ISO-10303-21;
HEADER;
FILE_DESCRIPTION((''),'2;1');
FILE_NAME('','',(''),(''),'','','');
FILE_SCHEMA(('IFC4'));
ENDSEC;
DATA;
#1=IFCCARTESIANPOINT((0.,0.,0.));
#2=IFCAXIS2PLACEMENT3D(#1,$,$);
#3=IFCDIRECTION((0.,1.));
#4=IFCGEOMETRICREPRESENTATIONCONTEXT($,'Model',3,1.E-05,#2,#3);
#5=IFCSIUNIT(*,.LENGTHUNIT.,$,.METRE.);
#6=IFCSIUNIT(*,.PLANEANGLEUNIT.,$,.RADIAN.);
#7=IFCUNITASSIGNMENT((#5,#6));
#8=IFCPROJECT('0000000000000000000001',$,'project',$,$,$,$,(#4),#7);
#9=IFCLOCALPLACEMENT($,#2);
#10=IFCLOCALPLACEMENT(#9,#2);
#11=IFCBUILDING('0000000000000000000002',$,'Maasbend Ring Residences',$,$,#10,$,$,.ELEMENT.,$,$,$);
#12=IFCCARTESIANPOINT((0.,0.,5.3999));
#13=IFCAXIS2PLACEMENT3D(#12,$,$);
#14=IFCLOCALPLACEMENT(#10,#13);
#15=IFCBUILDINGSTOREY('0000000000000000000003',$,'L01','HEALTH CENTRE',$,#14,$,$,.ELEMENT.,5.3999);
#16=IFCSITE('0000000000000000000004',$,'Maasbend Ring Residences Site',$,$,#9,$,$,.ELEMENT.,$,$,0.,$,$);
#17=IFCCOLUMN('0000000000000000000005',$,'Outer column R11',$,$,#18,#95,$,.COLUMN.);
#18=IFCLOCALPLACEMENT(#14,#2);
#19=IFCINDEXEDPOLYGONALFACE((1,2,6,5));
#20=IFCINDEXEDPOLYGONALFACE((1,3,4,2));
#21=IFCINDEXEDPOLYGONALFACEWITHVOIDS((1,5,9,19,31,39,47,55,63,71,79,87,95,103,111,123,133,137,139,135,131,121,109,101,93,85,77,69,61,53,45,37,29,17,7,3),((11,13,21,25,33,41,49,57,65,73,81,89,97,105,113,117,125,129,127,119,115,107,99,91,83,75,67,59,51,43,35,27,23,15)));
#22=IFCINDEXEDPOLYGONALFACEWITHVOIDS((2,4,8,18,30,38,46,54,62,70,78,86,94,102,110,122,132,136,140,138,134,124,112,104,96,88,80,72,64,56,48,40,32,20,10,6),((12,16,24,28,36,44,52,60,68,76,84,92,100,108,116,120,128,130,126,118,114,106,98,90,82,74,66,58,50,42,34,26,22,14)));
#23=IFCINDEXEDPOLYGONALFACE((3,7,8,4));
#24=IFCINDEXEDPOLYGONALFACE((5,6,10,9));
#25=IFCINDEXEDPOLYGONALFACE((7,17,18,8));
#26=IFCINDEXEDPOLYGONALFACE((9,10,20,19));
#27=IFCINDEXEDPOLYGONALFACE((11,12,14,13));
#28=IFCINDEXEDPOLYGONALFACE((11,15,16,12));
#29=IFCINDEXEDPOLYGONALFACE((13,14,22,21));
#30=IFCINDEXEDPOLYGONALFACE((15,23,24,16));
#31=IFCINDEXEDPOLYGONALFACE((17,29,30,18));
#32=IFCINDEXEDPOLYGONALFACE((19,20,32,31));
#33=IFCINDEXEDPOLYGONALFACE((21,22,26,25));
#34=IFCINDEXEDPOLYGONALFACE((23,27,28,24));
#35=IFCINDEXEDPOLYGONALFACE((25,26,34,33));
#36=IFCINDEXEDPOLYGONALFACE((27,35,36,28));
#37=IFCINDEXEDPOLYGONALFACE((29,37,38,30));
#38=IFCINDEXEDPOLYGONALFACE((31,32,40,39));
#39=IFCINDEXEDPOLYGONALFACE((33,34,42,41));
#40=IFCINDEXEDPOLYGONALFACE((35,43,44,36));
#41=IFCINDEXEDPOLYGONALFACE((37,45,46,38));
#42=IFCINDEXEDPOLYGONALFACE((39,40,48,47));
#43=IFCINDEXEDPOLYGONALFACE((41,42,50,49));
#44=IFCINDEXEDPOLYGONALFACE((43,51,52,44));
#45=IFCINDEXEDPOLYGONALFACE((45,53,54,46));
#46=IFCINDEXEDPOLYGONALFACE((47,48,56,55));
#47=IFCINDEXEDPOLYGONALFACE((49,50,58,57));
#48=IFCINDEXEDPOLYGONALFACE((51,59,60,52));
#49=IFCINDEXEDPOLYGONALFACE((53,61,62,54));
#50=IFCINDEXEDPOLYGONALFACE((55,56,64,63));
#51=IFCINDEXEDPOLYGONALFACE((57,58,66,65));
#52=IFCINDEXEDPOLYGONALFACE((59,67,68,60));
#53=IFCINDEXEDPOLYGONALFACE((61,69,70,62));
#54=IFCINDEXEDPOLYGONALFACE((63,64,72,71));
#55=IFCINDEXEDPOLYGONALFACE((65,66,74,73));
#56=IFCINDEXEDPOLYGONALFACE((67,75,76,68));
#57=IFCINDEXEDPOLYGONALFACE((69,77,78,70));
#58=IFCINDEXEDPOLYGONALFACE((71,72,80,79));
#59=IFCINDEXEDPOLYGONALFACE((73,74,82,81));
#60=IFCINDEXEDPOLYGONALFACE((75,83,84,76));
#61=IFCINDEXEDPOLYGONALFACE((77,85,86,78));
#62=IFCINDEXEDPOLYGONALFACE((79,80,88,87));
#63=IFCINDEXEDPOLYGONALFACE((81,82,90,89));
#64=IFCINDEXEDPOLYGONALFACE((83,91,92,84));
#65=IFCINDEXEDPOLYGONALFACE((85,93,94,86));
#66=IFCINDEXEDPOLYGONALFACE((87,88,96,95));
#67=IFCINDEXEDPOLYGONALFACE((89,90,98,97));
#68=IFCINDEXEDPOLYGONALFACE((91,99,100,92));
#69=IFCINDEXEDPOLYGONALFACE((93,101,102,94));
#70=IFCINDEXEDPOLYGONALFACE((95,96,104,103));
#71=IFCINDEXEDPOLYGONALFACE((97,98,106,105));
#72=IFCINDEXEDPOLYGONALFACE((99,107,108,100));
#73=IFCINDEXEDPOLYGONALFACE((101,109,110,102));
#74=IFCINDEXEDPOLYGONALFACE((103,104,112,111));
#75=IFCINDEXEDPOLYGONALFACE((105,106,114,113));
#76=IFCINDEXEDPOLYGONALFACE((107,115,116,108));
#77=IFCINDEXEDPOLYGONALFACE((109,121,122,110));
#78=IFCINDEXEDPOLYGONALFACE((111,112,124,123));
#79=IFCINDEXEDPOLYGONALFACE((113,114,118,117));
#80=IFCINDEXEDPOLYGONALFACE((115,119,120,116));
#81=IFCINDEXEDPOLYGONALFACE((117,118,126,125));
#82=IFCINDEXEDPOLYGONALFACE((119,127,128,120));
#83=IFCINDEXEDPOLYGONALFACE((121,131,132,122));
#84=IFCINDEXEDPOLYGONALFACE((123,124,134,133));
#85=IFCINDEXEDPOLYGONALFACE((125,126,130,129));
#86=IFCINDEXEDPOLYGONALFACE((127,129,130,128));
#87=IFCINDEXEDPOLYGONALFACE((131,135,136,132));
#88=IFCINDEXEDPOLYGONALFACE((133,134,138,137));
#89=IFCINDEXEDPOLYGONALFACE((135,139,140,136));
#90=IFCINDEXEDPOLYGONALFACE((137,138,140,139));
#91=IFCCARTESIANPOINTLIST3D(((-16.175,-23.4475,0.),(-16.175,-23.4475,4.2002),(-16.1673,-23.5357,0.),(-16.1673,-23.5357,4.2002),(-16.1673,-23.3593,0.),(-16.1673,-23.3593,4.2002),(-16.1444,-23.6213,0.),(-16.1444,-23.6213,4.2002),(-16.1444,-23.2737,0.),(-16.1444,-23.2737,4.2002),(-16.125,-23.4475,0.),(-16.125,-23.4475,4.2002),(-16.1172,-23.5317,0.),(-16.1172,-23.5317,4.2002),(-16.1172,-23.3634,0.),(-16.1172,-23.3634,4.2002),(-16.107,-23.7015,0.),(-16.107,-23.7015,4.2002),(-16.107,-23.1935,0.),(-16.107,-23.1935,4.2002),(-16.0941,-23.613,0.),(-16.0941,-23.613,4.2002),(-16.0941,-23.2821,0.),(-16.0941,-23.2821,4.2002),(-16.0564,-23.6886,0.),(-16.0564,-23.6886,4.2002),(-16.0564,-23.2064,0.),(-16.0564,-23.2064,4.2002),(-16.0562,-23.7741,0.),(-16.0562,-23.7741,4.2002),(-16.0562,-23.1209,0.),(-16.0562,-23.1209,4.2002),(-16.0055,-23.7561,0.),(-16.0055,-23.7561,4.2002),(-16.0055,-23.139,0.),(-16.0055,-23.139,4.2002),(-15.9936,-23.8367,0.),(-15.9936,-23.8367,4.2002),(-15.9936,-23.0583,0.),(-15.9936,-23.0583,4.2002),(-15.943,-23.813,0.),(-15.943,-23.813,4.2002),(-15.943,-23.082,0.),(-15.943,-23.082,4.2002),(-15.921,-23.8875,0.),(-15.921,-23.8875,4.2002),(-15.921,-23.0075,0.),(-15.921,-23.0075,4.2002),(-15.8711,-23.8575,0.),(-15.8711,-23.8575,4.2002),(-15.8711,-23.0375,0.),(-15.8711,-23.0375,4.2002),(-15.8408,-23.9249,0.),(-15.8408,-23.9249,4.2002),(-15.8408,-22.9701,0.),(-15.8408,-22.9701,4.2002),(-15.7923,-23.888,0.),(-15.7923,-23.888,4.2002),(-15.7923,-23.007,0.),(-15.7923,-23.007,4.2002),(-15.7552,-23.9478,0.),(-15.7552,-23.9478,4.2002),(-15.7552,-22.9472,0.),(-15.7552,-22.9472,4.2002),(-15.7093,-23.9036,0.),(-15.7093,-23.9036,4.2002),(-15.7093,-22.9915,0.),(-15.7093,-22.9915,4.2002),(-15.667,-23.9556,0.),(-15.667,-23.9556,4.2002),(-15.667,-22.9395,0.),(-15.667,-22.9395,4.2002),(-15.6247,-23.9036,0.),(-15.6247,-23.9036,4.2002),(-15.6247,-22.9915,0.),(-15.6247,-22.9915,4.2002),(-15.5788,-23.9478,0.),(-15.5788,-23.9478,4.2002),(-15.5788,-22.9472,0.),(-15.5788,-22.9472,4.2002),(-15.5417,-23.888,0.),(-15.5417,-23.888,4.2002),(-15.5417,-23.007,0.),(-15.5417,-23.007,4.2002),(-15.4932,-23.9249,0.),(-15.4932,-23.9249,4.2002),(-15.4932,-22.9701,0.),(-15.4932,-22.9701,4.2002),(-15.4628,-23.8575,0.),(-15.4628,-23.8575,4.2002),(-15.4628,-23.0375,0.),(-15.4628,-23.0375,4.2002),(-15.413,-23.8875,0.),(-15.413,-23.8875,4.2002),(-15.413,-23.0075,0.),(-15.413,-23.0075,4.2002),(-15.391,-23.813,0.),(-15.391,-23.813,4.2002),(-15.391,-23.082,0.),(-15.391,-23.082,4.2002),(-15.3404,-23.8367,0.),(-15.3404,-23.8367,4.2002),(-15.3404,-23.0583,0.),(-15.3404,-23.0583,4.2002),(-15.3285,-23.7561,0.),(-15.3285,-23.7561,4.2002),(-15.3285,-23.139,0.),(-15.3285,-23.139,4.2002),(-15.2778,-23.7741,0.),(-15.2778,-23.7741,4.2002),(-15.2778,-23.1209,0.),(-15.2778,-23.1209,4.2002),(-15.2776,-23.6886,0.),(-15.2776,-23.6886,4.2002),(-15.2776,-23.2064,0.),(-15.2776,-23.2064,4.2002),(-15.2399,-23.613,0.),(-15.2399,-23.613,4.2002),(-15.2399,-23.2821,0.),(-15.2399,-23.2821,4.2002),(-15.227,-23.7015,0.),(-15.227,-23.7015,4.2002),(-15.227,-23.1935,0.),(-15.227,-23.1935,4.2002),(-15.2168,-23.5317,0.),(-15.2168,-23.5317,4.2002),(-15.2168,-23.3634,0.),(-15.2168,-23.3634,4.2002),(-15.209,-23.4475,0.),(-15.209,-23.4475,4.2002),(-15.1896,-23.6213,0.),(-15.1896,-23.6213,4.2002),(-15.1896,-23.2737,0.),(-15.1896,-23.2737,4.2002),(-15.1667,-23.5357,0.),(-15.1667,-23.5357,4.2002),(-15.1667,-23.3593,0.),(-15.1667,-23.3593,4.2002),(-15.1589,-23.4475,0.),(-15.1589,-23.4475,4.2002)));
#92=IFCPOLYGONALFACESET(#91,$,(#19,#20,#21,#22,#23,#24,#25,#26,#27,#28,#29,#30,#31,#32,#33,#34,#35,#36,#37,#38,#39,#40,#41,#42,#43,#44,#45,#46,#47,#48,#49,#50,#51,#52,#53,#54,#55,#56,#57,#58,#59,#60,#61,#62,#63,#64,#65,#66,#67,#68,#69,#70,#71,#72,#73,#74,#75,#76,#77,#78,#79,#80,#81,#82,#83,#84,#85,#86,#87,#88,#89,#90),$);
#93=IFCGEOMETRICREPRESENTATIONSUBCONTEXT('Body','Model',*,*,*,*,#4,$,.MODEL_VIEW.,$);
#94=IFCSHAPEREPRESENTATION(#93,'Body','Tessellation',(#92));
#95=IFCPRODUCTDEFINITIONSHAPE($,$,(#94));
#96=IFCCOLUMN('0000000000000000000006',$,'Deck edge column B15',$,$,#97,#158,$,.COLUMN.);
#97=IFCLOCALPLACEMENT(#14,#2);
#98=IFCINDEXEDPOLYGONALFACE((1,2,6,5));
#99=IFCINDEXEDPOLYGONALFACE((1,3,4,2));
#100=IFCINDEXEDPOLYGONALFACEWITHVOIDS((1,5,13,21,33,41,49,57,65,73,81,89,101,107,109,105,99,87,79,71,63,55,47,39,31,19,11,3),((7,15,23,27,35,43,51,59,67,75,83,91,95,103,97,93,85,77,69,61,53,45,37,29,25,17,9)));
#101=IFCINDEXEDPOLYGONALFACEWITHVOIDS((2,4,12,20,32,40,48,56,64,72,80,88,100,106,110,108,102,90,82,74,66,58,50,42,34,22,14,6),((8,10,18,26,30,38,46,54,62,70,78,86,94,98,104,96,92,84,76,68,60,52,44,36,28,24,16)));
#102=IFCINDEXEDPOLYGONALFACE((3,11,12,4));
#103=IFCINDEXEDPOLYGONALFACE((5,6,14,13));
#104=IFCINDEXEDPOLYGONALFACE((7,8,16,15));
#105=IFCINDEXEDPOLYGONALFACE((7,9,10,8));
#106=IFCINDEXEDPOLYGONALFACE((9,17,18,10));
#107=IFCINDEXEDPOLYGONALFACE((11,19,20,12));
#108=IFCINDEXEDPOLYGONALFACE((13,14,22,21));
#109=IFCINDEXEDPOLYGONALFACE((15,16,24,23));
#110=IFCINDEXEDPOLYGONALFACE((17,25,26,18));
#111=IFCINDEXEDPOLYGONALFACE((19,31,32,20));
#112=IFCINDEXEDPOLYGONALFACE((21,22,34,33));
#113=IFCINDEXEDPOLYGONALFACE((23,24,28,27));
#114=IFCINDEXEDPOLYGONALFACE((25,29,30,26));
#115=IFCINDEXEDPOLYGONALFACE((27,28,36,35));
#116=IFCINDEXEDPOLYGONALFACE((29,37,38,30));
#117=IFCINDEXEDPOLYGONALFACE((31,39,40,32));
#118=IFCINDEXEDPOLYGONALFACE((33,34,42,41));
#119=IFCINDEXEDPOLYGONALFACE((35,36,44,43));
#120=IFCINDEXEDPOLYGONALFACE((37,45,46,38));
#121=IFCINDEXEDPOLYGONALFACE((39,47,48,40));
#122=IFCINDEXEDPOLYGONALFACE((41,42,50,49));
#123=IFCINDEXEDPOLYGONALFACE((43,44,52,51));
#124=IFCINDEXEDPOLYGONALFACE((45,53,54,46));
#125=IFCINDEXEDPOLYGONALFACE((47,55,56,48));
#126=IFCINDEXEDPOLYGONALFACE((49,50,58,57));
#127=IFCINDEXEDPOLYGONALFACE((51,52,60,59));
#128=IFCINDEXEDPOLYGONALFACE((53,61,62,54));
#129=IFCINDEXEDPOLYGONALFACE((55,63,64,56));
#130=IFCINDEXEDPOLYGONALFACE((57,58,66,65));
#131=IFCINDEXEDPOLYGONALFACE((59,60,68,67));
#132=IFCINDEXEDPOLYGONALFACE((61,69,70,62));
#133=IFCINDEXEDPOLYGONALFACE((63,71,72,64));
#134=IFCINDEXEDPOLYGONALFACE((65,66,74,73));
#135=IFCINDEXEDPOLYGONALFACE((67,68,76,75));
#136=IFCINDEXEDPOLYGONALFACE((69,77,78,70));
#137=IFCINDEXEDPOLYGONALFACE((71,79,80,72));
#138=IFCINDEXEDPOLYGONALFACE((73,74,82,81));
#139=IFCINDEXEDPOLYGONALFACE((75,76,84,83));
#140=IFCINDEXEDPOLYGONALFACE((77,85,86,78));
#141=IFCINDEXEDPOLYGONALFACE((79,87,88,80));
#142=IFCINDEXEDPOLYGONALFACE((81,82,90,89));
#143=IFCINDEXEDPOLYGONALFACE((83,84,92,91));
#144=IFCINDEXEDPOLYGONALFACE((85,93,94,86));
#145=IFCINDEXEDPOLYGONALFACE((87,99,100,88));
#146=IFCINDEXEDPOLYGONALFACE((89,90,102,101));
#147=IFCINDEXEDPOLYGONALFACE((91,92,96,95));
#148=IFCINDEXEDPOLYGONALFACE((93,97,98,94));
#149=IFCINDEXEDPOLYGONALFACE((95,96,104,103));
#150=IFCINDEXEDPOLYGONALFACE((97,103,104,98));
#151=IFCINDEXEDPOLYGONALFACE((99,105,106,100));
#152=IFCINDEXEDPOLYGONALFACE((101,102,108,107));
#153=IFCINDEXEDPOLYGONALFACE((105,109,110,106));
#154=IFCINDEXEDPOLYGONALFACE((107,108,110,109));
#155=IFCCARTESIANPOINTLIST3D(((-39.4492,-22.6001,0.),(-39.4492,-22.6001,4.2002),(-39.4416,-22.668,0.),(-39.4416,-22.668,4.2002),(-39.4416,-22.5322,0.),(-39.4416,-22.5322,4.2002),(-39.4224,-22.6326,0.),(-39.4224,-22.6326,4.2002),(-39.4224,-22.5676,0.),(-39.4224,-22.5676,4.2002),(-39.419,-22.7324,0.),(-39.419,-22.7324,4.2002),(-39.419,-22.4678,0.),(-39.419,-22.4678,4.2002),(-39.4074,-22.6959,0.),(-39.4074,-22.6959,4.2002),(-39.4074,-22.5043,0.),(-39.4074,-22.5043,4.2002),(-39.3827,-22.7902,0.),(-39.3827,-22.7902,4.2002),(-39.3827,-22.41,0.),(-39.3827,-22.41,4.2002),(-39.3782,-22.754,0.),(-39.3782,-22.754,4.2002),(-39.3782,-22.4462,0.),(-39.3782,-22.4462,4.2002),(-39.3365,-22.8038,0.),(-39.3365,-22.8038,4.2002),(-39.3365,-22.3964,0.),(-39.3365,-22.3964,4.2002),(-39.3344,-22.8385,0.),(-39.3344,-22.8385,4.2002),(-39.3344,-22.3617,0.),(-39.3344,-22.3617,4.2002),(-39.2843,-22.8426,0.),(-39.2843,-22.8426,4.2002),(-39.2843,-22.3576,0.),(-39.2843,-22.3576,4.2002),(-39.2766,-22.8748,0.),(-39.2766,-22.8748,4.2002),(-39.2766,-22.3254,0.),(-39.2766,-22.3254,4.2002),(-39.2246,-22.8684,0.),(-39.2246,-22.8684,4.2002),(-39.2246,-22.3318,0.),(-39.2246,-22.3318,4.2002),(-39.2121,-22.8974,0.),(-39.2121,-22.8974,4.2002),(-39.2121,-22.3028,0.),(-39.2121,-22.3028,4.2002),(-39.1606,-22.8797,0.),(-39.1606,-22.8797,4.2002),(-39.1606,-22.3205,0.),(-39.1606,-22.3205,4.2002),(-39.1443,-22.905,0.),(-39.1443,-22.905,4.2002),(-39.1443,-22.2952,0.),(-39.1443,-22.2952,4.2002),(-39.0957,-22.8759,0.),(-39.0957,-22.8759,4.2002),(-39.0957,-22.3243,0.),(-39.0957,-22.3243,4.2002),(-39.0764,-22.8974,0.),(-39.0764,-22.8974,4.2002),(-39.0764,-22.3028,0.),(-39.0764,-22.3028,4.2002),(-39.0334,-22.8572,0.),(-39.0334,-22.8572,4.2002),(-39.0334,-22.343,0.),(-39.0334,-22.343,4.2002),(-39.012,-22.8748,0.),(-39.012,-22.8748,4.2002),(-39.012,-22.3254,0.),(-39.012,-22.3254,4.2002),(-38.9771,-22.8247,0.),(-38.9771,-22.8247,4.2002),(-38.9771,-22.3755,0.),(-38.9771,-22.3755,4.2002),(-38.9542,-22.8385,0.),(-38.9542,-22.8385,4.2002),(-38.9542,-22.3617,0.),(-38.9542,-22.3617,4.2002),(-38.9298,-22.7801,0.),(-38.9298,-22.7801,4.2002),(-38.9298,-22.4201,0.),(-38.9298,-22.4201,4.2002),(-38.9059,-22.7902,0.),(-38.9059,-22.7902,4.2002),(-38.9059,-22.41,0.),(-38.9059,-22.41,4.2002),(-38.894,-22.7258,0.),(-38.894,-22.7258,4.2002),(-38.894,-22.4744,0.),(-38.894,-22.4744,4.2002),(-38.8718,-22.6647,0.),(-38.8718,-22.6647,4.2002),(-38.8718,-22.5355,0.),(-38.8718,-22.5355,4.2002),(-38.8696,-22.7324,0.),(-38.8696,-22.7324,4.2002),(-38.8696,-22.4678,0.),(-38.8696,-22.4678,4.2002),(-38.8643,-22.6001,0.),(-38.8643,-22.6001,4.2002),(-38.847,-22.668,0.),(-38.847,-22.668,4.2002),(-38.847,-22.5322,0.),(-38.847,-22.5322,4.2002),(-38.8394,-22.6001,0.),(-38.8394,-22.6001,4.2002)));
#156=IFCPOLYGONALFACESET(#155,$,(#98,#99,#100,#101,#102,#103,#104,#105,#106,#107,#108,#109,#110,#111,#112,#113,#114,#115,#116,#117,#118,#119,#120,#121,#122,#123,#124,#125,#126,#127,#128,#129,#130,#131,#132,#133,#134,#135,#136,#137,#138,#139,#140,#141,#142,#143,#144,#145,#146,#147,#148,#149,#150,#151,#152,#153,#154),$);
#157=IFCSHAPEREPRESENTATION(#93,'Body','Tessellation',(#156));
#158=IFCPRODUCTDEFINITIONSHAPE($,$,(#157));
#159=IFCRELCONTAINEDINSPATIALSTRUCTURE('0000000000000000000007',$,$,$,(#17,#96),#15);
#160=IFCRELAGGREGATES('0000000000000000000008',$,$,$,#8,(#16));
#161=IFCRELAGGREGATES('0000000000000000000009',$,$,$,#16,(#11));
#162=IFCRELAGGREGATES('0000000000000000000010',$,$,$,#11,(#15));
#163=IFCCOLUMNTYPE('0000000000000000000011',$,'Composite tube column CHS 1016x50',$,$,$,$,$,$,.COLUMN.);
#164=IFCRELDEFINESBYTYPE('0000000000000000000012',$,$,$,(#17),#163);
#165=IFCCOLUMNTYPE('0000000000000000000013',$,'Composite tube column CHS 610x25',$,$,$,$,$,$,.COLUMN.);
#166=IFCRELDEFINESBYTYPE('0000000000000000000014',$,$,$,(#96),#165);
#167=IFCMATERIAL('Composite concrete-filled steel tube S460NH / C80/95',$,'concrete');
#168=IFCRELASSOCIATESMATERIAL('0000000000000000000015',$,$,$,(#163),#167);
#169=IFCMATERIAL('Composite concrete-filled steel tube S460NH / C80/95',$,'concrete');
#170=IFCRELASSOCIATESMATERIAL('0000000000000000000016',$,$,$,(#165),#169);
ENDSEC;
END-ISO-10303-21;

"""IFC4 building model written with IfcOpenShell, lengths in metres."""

from ifc_helpers import new_model, si_unit, direction, frame, origin, origin_2d, place, context, subcontext, project, spatial, hollow_circle, extrude, material, material_profile, profile_set, type_object, element, save


model = new_model("IFC4")

# Units and contexts
model_context = context("Model", 3, precision=1e-05, world=origin(), true_north=direction((0.0, 1.0)))
body_context = subcontext(model_context, "Body", "Model", "MODEL_VIEW")
ifc_project = project(units=[si_unit("LENGTHUNIT", "METRE"), si_unit("PLANEANGLEUNIT", "RADIAN")], contexts=[model_context])

# Site, building, storey
site_placement = place(None, origin())
site = spatial("IfcSite", under=ifc_project, at=site_placement, Name="Maasbend Ring Residences Site", CompositionType="ELEMENT", RefElevation=0.0)
building_placement = place(site_placement, origin())
building = spatial("IfcBuilding", under=site, at=building_placement, Name="Maasbend Ring Residences", CompositionType="ELEMENT")
storey_placement = place(building_placement, frame((0.0, 0.0, 5.3999)))
storey = spatial("IfcBuildingStorey", under=building, at=storey_placement, Name="L01", Description="HEALTH CENTRE", CompositionType="ELEMENT", Elevation=5.3999)

# Columns
ifc_material_1 = material(Name="Composite concrete-filled steel tube S460NH / C80/95", Category="concrete")
ifc_material_profile_1 = material_profile(ifc_material_1, hollow_circle(Radius=0.5081, WallThickness=0.05, at=origin_2d()), Name="Composite tube column CHS 1016x50")
ifc_profile_set_1 = profile_set([ifc_material_profile_1], Name="Composite concrete-filled steel tube S460NH / C80/95")
column_type_1 = type_object("IfcColumnType", Name="Composite tube column CHS 1016x50", PredefinedType="COLUMN", material=ifc_profile_set_1)
column_1_placement = place(storey_placement, frame((-15.667, -23.4475, 0.0), z_axis=(0.0, 0.0, 1.0), x_axis=(1.0, 0.0, 0.0)))
element("IfcColumn", 1, at=column_1_placement, inside=storey, type_object=column_type_1, Name="Outer column R11", PredefinedType="COLUMN", context=body_context, shape_type="SweptSolid", body=[
    extrude(hollow_circle(Radius=0.5081, WallThickness=0.05, at=origin_2d()), origin(), (0.0, 0.0, 1.0), 4.2002),
])
ifc_material_2 = material(Name="Composite concrete-filled steel tube S460NH / C80/95", Category="concrete")
ifc_material_profile_2 = material_profile(ifc_material_2, hollow_circle(Radius=0.3049, WallThickness=0.0249, at=origin_2d()), Name="Composite tube column CHS 610x25")
ifc_profile_set_2 = profile_set([ifc_material_profile_2], Name="Composite concrete-filled steel tube S460NH / C80/95")
column_type_2 = type_object("IfcColumnType", Name="Composite tube column CHS 610x25", PredefinedType="COLUMN", material=ifc_profile_set_2)
column_2_placement = place(storey_placement, frame((-39.1443, -22.6001, 0.0), z_axis=(0.0, 0.0, 1.0), x_axis=(1.0, 0.0, 0.0)))
element("IfcColumn", 2, at=column_2_placement, inside=storey, type_object=column_type_2, Name="Deck edge column B15", PredefinedType="COLUMN", context=body_context, shape_type="SweptSolid", body=[
    extrude(hollow_circle(Radius=0.3049, WallThickness=0.0249, at=origin_2d()), origin(), (0.0, 0.0, 1.0), 4.2002),
])

save(model, "model.ifc")
